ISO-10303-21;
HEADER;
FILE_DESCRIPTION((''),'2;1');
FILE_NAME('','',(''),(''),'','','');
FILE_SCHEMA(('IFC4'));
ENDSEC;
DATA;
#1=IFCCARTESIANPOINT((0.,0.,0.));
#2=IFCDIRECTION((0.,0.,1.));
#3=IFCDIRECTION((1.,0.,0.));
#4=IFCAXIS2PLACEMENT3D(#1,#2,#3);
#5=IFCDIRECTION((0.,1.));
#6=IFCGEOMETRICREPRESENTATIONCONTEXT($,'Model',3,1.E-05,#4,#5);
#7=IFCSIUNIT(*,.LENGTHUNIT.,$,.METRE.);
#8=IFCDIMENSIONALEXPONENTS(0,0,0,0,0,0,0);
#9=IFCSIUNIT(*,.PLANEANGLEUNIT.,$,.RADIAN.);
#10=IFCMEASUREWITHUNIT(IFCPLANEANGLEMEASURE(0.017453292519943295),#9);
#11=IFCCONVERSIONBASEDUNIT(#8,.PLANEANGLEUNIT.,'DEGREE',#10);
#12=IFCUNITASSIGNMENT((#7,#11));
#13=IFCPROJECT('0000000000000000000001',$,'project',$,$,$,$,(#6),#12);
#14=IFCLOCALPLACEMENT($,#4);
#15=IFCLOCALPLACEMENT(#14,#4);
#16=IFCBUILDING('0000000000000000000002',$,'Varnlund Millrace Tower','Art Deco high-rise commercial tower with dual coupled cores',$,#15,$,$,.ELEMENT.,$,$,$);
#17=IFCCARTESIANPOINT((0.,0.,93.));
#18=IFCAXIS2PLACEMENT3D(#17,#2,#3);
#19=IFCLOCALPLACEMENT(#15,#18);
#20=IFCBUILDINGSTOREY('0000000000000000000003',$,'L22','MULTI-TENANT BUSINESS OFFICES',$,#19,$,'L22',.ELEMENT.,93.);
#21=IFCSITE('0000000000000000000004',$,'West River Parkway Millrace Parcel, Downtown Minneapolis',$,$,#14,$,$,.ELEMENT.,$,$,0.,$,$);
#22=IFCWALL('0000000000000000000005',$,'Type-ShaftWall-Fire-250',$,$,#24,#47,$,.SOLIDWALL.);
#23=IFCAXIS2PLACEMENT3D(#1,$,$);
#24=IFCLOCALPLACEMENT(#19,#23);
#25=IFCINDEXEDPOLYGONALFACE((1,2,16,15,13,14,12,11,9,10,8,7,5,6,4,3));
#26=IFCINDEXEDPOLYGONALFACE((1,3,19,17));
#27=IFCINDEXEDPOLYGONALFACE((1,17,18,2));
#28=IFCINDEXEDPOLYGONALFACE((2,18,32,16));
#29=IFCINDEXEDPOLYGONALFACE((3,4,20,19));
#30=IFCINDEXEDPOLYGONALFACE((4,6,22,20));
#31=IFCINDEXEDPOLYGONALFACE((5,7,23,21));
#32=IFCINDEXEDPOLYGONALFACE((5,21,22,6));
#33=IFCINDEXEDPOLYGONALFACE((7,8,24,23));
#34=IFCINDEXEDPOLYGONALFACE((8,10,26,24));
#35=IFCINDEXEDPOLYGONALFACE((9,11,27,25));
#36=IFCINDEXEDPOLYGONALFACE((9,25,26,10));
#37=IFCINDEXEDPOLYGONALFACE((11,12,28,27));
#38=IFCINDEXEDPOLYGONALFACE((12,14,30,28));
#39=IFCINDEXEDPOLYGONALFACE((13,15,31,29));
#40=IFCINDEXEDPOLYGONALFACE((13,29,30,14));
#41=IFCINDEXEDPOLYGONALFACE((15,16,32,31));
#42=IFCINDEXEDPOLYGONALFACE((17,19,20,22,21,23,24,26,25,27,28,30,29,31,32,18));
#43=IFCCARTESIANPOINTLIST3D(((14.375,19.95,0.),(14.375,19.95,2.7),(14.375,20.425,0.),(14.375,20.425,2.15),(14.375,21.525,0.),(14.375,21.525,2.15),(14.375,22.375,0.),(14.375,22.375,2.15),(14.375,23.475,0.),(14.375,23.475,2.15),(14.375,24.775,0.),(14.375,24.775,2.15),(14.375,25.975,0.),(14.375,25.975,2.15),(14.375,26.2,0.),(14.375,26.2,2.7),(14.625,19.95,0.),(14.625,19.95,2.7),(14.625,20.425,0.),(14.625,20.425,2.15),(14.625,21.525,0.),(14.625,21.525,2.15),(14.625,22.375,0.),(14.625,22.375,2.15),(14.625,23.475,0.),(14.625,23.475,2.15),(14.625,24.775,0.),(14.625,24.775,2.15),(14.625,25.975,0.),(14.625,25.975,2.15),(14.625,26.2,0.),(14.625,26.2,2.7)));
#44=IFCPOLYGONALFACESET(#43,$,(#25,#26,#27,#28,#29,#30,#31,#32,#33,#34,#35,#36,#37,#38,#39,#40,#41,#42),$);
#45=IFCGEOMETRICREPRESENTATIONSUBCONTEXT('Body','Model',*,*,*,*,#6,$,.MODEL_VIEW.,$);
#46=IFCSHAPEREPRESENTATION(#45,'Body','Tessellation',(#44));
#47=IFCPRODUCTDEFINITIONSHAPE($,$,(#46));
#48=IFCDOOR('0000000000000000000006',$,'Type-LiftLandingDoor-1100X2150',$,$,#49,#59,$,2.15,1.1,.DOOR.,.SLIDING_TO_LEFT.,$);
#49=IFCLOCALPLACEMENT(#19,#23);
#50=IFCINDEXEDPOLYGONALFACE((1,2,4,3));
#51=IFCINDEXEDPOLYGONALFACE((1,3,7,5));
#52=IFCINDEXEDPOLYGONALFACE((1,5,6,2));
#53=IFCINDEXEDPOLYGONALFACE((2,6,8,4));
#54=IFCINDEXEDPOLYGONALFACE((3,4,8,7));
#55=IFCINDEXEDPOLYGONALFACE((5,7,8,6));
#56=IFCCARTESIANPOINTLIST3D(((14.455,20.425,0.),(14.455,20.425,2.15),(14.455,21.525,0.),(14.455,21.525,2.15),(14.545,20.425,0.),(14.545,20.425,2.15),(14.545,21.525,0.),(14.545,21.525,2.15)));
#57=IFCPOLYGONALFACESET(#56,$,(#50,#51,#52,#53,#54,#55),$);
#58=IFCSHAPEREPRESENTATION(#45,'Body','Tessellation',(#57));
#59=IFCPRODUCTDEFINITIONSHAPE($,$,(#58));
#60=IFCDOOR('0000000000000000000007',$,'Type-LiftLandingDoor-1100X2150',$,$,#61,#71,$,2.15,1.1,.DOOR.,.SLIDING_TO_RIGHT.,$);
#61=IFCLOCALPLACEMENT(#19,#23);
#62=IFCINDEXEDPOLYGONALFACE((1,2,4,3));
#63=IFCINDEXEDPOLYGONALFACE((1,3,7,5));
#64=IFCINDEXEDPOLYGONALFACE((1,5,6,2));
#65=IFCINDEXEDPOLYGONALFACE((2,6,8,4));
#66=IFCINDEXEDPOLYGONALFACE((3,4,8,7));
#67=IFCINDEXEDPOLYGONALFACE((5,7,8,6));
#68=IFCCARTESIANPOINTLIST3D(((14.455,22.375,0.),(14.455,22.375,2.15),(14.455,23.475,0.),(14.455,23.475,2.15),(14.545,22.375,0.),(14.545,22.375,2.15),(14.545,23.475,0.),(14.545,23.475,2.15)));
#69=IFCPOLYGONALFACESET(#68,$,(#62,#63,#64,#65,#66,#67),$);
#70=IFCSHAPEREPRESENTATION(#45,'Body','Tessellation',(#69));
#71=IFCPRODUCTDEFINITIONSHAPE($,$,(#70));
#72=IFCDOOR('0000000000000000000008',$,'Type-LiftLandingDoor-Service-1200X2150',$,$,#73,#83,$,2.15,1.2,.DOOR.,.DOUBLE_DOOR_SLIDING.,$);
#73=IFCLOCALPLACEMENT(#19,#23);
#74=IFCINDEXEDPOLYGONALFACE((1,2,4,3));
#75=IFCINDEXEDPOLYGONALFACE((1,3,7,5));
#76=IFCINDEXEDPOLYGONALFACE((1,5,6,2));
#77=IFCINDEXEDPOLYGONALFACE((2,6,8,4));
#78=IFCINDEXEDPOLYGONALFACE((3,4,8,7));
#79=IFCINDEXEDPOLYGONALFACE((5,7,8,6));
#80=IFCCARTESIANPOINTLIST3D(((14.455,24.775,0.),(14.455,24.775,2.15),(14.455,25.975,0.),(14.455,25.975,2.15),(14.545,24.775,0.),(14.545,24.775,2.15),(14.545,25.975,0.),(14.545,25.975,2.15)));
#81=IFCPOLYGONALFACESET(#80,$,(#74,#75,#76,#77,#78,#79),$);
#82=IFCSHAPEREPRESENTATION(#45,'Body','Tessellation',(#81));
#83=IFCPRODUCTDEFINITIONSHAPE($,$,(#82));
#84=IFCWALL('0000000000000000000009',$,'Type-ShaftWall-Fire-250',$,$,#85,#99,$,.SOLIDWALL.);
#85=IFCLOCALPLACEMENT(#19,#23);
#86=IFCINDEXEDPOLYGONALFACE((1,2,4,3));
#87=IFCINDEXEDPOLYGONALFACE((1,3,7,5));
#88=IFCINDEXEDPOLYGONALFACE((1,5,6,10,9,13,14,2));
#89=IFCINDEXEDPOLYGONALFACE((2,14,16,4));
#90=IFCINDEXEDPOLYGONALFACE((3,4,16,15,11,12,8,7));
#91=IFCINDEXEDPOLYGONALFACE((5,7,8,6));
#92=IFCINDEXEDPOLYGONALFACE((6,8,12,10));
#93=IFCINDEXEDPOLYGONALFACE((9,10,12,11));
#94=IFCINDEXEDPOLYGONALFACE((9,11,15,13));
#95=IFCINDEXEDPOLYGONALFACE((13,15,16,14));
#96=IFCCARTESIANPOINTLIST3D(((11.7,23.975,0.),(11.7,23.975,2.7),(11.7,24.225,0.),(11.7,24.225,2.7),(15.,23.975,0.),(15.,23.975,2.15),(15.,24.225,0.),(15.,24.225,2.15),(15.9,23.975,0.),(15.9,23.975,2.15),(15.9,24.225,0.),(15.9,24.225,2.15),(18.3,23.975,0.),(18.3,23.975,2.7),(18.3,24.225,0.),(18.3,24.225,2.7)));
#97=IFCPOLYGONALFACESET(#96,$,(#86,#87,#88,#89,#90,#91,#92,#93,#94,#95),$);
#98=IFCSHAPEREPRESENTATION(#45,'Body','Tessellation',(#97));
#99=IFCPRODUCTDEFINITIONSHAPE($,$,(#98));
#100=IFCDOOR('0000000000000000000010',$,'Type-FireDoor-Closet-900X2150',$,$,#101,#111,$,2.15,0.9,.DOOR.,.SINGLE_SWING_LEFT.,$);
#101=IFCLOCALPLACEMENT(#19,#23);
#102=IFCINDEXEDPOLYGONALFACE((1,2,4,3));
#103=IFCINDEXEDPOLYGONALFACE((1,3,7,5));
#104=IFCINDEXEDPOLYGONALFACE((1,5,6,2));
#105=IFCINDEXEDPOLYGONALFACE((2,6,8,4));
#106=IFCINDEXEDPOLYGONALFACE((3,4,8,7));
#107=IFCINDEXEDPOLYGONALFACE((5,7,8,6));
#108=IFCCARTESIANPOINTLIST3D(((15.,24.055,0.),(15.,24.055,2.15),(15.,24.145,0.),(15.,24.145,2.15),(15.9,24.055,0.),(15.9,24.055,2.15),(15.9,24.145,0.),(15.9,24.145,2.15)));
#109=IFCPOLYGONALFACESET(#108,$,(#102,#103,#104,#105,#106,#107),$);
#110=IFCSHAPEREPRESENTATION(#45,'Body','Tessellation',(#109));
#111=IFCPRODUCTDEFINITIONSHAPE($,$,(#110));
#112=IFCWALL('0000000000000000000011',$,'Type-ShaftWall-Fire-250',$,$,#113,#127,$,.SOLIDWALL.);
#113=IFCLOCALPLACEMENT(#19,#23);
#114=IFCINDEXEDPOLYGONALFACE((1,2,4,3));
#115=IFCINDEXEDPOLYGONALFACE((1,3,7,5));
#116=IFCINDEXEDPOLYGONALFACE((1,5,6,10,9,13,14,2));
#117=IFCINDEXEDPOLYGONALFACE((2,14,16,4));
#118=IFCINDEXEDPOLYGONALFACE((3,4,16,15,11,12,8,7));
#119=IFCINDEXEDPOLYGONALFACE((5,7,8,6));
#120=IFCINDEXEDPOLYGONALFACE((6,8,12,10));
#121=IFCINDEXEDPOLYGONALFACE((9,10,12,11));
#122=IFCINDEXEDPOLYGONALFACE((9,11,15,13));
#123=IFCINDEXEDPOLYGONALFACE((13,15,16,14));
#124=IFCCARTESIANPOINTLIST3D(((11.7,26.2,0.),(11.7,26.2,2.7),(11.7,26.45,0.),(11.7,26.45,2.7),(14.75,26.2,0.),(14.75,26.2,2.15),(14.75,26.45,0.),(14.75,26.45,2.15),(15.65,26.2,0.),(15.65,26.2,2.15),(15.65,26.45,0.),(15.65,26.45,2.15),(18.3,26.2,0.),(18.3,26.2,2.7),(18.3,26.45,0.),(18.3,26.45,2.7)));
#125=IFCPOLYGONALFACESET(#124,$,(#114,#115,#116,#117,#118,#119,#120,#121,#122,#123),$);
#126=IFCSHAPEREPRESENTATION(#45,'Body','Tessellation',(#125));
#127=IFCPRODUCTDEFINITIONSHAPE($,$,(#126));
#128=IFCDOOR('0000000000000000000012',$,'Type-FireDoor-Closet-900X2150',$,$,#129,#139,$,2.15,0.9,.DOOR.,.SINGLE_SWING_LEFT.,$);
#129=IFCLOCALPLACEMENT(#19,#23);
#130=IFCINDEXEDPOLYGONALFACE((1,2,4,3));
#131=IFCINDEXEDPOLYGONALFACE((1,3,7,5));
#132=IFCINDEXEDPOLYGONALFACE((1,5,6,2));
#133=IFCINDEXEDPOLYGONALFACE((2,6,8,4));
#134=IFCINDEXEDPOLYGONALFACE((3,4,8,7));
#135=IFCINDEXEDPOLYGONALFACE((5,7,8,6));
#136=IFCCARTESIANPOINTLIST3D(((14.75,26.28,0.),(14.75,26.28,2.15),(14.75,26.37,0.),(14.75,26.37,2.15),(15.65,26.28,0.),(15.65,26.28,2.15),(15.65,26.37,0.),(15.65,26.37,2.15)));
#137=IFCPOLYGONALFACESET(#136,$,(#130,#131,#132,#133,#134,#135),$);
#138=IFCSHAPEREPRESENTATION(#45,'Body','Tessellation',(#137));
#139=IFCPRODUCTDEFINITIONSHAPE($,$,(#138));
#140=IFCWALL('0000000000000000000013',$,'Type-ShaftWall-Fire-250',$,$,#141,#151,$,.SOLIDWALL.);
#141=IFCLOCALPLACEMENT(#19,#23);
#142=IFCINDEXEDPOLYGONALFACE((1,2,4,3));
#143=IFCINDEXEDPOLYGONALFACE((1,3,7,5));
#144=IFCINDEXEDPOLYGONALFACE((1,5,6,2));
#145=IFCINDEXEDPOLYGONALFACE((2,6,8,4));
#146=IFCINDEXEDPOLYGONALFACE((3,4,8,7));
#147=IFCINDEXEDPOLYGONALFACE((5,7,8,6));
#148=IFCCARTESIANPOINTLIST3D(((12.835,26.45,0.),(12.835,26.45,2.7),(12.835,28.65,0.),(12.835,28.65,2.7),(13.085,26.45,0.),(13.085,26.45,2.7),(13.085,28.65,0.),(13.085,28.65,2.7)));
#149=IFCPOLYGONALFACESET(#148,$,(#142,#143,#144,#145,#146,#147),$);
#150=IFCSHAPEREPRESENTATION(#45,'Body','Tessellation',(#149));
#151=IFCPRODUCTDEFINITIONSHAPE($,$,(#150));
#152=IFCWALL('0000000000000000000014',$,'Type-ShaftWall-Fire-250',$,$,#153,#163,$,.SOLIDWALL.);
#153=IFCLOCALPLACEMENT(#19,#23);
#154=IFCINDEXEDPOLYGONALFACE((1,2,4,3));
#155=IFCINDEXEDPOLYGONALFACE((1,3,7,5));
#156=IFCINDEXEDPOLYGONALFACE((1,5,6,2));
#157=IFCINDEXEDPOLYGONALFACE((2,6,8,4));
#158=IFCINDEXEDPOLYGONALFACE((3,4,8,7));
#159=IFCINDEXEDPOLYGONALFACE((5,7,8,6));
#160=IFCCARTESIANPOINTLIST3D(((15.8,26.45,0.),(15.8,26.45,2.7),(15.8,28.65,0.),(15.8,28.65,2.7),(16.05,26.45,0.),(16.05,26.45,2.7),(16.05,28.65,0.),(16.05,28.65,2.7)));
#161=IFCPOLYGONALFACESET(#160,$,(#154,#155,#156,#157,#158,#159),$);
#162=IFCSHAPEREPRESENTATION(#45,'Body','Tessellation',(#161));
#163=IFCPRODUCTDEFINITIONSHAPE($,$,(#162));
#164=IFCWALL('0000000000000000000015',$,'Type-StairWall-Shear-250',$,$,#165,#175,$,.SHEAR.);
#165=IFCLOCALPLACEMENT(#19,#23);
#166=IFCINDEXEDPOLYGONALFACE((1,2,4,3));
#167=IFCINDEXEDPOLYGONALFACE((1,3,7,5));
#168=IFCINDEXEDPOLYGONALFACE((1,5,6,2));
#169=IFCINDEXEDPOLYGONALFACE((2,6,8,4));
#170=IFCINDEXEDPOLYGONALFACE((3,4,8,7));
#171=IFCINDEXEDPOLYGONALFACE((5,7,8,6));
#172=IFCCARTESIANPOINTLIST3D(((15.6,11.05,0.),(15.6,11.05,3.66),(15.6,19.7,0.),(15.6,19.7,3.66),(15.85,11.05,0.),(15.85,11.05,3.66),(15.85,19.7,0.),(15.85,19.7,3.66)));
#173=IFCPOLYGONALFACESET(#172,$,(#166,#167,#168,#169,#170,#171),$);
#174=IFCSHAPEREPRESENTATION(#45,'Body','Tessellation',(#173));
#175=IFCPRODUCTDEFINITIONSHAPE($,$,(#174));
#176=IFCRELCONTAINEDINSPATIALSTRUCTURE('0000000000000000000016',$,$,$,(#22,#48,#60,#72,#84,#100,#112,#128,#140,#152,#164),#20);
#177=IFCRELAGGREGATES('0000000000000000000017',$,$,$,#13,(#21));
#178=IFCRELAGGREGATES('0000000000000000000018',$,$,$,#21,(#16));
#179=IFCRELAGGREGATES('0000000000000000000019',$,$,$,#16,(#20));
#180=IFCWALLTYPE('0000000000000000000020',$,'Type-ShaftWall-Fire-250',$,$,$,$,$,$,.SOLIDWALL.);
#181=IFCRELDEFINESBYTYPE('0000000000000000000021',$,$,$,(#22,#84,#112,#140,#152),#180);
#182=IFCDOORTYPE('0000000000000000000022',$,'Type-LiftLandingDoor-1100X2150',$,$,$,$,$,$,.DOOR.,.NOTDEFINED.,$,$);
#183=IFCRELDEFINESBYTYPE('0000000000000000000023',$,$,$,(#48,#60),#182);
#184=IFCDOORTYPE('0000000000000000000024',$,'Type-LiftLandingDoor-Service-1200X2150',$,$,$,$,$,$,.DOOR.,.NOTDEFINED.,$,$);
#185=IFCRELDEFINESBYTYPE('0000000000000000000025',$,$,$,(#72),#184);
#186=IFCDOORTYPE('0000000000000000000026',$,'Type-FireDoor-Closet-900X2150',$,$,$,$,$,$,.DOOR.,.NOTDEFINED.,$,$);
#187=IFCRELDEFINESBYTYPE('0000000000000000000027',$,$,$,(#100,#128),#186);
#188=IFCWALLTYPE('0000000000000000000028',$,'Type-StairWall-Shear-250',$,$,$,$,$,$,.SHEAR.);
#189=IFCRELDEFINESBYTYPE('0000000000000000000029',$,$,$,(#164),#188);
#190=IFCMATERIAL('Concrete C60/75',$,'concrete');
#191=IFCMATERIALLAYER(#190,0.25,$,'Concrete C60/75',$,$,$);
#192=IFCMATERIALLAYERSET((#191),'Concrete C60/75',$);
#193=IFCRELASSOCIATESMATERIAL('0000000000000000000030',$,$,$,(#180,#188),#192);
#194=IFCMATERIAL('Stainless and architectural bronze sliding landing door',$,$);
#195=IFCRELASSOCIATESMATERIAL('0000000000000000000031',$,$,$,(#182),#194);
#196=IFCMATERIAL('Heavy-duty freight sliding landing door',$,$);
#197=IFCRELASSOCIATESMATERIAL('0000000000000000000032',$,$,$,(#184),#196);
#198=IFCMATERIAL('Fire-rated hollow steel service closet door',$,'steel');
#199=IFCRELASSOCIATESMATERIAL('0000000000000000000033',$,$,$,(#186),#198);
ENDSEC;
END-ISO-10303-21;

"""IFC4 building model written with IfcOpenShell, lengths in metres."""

from ifc_helpers import new_model, entity, si_unit, converted_unit, direction, frame, origin_with_axes, origin_2d_with_axis, place, context, subcontext, project, spatial, polyline, rectangle, outline, extrude, material, layer, layer_set, type_object, element, fill, save


model = new_model("IFC4")

# Units and contexts
model_context = context("Model", 3, precision=1e-05, world=origin_with_axes(), true_north=direction((0.0, 1.0)))
body_context = subcontext(model_context, "Body", "Model", "MODEL_VIEW")
ifc_project = project(units=[si_unit("LENGTHUNIT", "METRE"), converted_unit("PLANEANGLEUNIT", "DEGREE", entity("IfcPlaneAngleMeasure", 0.017453292519943295), si_unit("PLANEANGLEUNIT", "RADIAN"), dimensions=[0, 0, 0, 0, 0, 0, 0])], contexts=[model_context])

# Site, building, storey
site_placement = place(None, origin_with_axes())
site = spatial("IfcSite", under=ifc_project, at=site_placement, Name="West River Parkway Millrace Parcel, Downtown Minneapolis", CompositionType="ELEMENT", RefElevation=0.0)
building_placement = place(site_placement, origin_with_axes())
building = spatial("IfcBuilding", under=site, at=building_placement, Name="Varnlund Millrace Tower", Description="Art Deco high-rise commercial tower with dual coupled cores", CompositionType="ELEMENT")
storey_placement = place(building_placement, frame((0.0, 0.0, 93.0), z_axis=(0.0, 0.0, 1.0), x_axis=(1.0, 0.0, 0.0)))
storey = spatial("IfcBuildingStorey", under=building, at=storey_placement, Name="L22", Description="MULTI-TENANT BUSINESS OFFICES", LongName="L22", CompositionType="ELEMENT", Elevation=93.0)

# Wall, openings, doors
ifc_material_1 = material(Name="Concrete C60/75", Category="concrete")
ifc_layer_1 = layer(ifc_material_1, 0.25, Name="Concrete C60/75")
ifc_layer_set_1 = layer_set([ifc_layer_1], Name="Concrete C60/75")
wall_type_1 = type_object("IfcWallType", Name="Type-ShaftWall-Fire-250", PredefinedType="SOLIDWALL", material=ifc_layer_set_1)
wall_1_placement = place(storey_placement, frame((14.5, 19.95, 0.0), z_axis=(0.0, 0.0, 1.0), x_axis=(0.0, 1.0, 0.0)))
wall_1 = element("IfcWall", 1, at=wall_1_placement, inside=storey, type_object=wall_type_1, Name="Type-ShaftWall-Fire-250", PredefinedType="SOLIDWALL", context=body_context, shape_type="SweptSolid", body=[
    extrude(outline(polyline([(0.0, -0.125), (6.25, -0.125), (6.25, 0.125), (0.0, 0.125), (0.0, -0.125)])), origin_with_axes(), (0.0, 0.0, 1.0), 2.7),
])
opening_1_placement = place(wall_1_placement, frame((1.025, 0.0, 0.0), z_axis=(0.0, 0.0, 1.0), x_axis=(1.0, 0.0, 0.0)))
opening_1 = element("IfcOpeningElement", 2, at=opening_1_placement, cuts=wall_1, PredefinedType="OPENING", context=body_context, shape_type="SweptSolid", body=[
    extrude(rectangle(XDim=1.1, YDim=0.27, at=origin_2d_with_axis()), origin_with_axes(), (0.0, 0.0, 1.0), 2.15),
])
opening_2_placement = place(wall_1_placement, frame((2.975, 0.0, 0.0), z_axis=(0.0, 0.0, 1.0), x_axis=(1.0, 0.0, 0.0)))
opening_2 = element("IfcOpeningElement", 3, at=opening_2_placement, cuts=wall_1, PredefinedType="OPENING", context=body_context, shape_type="SweptSolid", body=[
    extrude(rectangle(XDim=1.1, YDim=0.27, at=origin_2d_with_axis()), origin_with_axes(), (0.0, 0.0, 1.0), 2.15),
])
opening_3_placement = place(wall_1_placement, frame((5.425, 0.0, 0.0), z_axis=(0.0, 0.0, 1.0), x_axis=(1.0, 0.0, 0.0)))
opening_3 = element("IfcOpeningElement", 4, at=opening_3_placement, cuts=wall_1, PredefinedType="OPENING", context=body_context, shape_type="SweptSolid", body=[
    extrude(rectangle(XDim=1.2, YDim=0.27, at=origin_2d_with_axis()), origin_with_axes(), (0.0, 0.0, 1.0), 2.15),
])
ifc_material_2 = material(Name="Stainless and architectural bronze sliding landing door")
door_type_1 = type_object("IfcDoorType", Name="Type-LiftLandingDoor-1100X2150", OperationType="NOTDEFINED", PredefinedType="DOOR", material=ifc_material_2)
door_1_placement = place(wall_1_placement, frame((1.025, 0.0, 0.0), z_axis=(0.0, 0.0, 1.0), x_axis=(1.0, 0.0, 0.0)))
door_1 = element("IfcDoor", 5, at=door_1_placement, inside=storey, type_object=door_type_1, Name="Type-LiftLandingDoor-1100X2150", OperationType="SLIDING_TO_LEFT", OverallHeight=2.15, OverallWidth=1.1, PredefinedType="DOOR", context=body_context, shape_type="SweptSolid", body=[
    extrude(rectangle(XDim=1.1, YDim=0.09, at=origin_2d_with_axis()), origin_with_axes(), (0.0, 0.0, 1.0), 2.15),
])
fill(opening_1, door_1)
door_2_placement = place(wall_1_placement, frame((2.975, 0.0, 0.0), z_axis=(0.0, 0.0, 1.0), x_axis=(1.0, 0.0, 0.0)))
door_2 = element("IfcDoor", 6, at=door_2_placement, inside=storey, type_object=door_type_1, Name="Type-LiftLandingDoor-1100X2150", OperationType="SLIDING_TO_RIGHT", OverallHeight=2.15, OverallWidth=1.1, PredefinedType="DOOR", context=body_context, shape_type="SweptSolid", body=[
    extrude(rectangle(XDim=1.1, YDim=0.09, at=origin_2d_with_axis()), origin_with_axes(), (0.0, 0.0, 1.0), 2.15),
])
fill(opening_2, door_2)
ifc_material_3 = material(Name="Heavy-duty freight sliding landing door")
door_type_2 = type_object("IfcDoorType", Name="Type-LiftLandingDoor-Service-1200X2150", OperationType="NOTDEFINED", PredefinedType="DOOR", material=ifc_material_3)
door_3_placement = place(wall_1_placement, frame((5.425, 0.0, 0.0), z_axis=(0.0, 0.0, 1.0), x_axis=(1.0, 0.0, 0.0)))
door_3 = element("IfcDoor", 7, at=door_3_placement, inside=storey, type_object=door_type_2, Name="Type-LiftLandingDoor-Service-1200X2150", OperationType="DOUBLE_DOOR_SLIDING", OverallHeight=2.15, OverallWidth=1.2, PredefinedType="DOOR", context=body_context, shape_type="SweptSolid", body=[
    extrude(rectangle(XDim=1.2, YDim=0.09, at=origin_2d_with_axis()), origin_with_axes(), (0.0, 0.0, 1.0), 2.15),
])
fill(opening_3, door_3)

# Walls, openings, doors
wall_2_placement = place(storey_placement, frame((11.7, 24.1, 0.0), z_axis=(0.0, 0.0, 1.0), x_axis=(1.0, 0.0, 0.0)))
wall_2 = element("IfcWall", 8, at=wall_2_placement, inside=storey, type_object=wall_type_1, Name="Type-ShaftWall-Fire-250", PredefinedType="SOLIDWALL", context=body_context, shape_type="SweptSolid", body=[
    extrude(outline(polyline([(0.0, -0.125), (6.6, -0.125), (6.6, 0.125), (0.0, 0.125), (0.0, -0.125)])), origin_with_axes(), (0.0, 0.0, 1.0), 2.7),
])
opening_4_placement = place(wall_2_placement, frame((3.75, 0.0, 0.0), z_axis=(0.0, 0.0, 1.0), x_axis=(1.0, 0.0, 0.0)))
opening_4 = element("IfcOpeningElement", 9, at=opening_4_placement, cuts=wall_2, PredefinedType="OPENING", context=body_context, shape_type="SweptSolid", body=[
    extrude(rectangle(XDim=0.9, YDim=0.27, at=origin_2d_with_axis()), origin_with_axes(), (0.0, 0.0, 1.0), 2.15),
])
ifc_material_4 = material(Name="Fire-rated hollow steel service closet door", Category="steel")
door_type_3 = type_object("IfcDoorType", Name="Type-FireDoor-Closet-900X2150", OperationType="NOTDEFINED", PredefinedType="DOOR", material=ifc_material_4)
door_4_placement = place(wall_2_placement, frame((3.75, 0.0, 0.0), z_axis=(0.0, 0.0, 1.0), x_axis=(1.0, 0.0, 0.0)))
door_4 = element("IfcDoor", 10, at=door_4_placement, inside=storey, type_object=door_type_3, Name="Type-FireDoor-Closet-900X2150", OperationType="SINGLE_SWING_LEFT", OverallHeight=2.15, OverallWidth=0.9, PredefinedType="DOOR", context=body_context, shape_type="SweptSolid", body=[
    extrude(rectangle(XDim=0.9, YDim=0.09, at=origin_2d_with_axis()), origin_with_axes(), (0.0, 0.0, 1.0), 2.15),
])
fill(opening_4, door_4)
wall_3_placement = place(storey_placement, frame((11.7, 26.325, 0.0), z_axis=(0.0, 0.0, 1.0), x_axis=(1.0, 0.0, 0.0)))
wall_3 = element("IfcWall", 11, at=wall_3_placement, inside=storey, type_object=wall_type_1, Name="Type-ShaftWall-Fire-250", PredefinedType="SOLIDWALL", context=body_context, shape_type="SweptSolid", body=[
    extrude(outline(polyline([(0.0, -0.125), (6.6, -0.125), (6.6, 0.125), (0.0, 0.125), (0.0, -0.125)])), origin_with_axes(), (0.0, 0.0, 1.0), 2.7),
])
opening_5_placement = place(wall_3_placement, frame((3.5, 0.0, 0.0), z_axis=(0.0, 0.0, 1.0), x_axis=(1.0, 0.0, 0.0)))
opening_5 = element("IfcOpeningElement", 12, at=opening_5_placement, cuts=wall_3, PredefinedType="OPENING", context=body_context, shape_type="SweptSolid", body=[
    extrude(rectangle(XDim=0.9, YDim=0.27, at=origin_2d_with_axis()), origin_with_axes(), (0.0, 0.0, 1.0), 2.15),
])
door_5_placement = place(wall_3_placement, frame((3.5, 0.0, 0.0), z_axis=(0.0, 0.0, 1.0), x_axis=(1.0, 0.0, 0.0)))
door_5 = element("IfcDoor", 13, at=door_5_placement, inside=storey, type_object=door_type_3, Name="Type-FireDoor-Closet-900X2150", OperationType="SINGLE_SWING_LEFT", OverallHeight=2.15, OverallWidth=0.9, PredefinedType="DOOR", context=body_context, shape_type="SweptSolid", body=[
    extrude(rectangle(XDim=0.9, YDim=0.09, at=origin_2d_with_axis()), origin_with_axes(), (0.0, 0.0, 1.0), 2.15),
])
fill(opening_5, door_5)

# Walls
for number, where, z_axis, x_axis, name in (
    (14, (12.96, 26.45, 0.0), (0.0, 0.0, 1.0), (0.0, 1.0, 0.0), "Type-ShaftWall-Fire-250"),
    (15, (15.925, 26.45, 0.0), (0.0, 0.0, 1.0), (0.0, 1.0, 0.0), "Type-ShaftWall-Fire-250"),
):
    element("IfcWall", number, at=place(storey_placement, frame(where, z_axis=z_axis, x_axis=x_axis)), inside=storey, type_object=wall_type_1, Name=name, PredefinedType="SOLIDWALL", context=body_context, shape_type="SweptSolid", body=[
        extrude(outline(polyline([(0.0, -0.125), (2.2, -0.125), (2.2, 0.125), (0.0, 0.125), (0.0, -0.125)])), origin_with_axes(), (0.0, 0.0, 1.0), 2.7),
    ])
wall_type_2 = type_object("IfcWallType", Name="Type-StairWall-Shear-250", PredefinedType="SHEAR", material=ifc_layer_set_1)
wall_4_placement = place(storey_placement, frame((15.725, 11.05, 0.0), z_axis=(0.0, 0.0, 1.0), x_axis=(0.0, 1.0, 0.0)))
element("IfcWall", 16, at=wall_4_placement, inside=storey, type_object=wall_type_2, Name="Type-StairWall-Shear-250", PredefinedType="SHEAR", context=body_context, shape_type="SweptSolid", body=[
    extrude(outline(polyline([(0.0, -0.125), (8.65, -0.125), (8.65, 0.125), (0.0, 0.125), (0.0, -0.125)])), origin_with_axes(), (0.0, 0.0, 1.0), 3.66),
])

save(model, "model.ifc")
